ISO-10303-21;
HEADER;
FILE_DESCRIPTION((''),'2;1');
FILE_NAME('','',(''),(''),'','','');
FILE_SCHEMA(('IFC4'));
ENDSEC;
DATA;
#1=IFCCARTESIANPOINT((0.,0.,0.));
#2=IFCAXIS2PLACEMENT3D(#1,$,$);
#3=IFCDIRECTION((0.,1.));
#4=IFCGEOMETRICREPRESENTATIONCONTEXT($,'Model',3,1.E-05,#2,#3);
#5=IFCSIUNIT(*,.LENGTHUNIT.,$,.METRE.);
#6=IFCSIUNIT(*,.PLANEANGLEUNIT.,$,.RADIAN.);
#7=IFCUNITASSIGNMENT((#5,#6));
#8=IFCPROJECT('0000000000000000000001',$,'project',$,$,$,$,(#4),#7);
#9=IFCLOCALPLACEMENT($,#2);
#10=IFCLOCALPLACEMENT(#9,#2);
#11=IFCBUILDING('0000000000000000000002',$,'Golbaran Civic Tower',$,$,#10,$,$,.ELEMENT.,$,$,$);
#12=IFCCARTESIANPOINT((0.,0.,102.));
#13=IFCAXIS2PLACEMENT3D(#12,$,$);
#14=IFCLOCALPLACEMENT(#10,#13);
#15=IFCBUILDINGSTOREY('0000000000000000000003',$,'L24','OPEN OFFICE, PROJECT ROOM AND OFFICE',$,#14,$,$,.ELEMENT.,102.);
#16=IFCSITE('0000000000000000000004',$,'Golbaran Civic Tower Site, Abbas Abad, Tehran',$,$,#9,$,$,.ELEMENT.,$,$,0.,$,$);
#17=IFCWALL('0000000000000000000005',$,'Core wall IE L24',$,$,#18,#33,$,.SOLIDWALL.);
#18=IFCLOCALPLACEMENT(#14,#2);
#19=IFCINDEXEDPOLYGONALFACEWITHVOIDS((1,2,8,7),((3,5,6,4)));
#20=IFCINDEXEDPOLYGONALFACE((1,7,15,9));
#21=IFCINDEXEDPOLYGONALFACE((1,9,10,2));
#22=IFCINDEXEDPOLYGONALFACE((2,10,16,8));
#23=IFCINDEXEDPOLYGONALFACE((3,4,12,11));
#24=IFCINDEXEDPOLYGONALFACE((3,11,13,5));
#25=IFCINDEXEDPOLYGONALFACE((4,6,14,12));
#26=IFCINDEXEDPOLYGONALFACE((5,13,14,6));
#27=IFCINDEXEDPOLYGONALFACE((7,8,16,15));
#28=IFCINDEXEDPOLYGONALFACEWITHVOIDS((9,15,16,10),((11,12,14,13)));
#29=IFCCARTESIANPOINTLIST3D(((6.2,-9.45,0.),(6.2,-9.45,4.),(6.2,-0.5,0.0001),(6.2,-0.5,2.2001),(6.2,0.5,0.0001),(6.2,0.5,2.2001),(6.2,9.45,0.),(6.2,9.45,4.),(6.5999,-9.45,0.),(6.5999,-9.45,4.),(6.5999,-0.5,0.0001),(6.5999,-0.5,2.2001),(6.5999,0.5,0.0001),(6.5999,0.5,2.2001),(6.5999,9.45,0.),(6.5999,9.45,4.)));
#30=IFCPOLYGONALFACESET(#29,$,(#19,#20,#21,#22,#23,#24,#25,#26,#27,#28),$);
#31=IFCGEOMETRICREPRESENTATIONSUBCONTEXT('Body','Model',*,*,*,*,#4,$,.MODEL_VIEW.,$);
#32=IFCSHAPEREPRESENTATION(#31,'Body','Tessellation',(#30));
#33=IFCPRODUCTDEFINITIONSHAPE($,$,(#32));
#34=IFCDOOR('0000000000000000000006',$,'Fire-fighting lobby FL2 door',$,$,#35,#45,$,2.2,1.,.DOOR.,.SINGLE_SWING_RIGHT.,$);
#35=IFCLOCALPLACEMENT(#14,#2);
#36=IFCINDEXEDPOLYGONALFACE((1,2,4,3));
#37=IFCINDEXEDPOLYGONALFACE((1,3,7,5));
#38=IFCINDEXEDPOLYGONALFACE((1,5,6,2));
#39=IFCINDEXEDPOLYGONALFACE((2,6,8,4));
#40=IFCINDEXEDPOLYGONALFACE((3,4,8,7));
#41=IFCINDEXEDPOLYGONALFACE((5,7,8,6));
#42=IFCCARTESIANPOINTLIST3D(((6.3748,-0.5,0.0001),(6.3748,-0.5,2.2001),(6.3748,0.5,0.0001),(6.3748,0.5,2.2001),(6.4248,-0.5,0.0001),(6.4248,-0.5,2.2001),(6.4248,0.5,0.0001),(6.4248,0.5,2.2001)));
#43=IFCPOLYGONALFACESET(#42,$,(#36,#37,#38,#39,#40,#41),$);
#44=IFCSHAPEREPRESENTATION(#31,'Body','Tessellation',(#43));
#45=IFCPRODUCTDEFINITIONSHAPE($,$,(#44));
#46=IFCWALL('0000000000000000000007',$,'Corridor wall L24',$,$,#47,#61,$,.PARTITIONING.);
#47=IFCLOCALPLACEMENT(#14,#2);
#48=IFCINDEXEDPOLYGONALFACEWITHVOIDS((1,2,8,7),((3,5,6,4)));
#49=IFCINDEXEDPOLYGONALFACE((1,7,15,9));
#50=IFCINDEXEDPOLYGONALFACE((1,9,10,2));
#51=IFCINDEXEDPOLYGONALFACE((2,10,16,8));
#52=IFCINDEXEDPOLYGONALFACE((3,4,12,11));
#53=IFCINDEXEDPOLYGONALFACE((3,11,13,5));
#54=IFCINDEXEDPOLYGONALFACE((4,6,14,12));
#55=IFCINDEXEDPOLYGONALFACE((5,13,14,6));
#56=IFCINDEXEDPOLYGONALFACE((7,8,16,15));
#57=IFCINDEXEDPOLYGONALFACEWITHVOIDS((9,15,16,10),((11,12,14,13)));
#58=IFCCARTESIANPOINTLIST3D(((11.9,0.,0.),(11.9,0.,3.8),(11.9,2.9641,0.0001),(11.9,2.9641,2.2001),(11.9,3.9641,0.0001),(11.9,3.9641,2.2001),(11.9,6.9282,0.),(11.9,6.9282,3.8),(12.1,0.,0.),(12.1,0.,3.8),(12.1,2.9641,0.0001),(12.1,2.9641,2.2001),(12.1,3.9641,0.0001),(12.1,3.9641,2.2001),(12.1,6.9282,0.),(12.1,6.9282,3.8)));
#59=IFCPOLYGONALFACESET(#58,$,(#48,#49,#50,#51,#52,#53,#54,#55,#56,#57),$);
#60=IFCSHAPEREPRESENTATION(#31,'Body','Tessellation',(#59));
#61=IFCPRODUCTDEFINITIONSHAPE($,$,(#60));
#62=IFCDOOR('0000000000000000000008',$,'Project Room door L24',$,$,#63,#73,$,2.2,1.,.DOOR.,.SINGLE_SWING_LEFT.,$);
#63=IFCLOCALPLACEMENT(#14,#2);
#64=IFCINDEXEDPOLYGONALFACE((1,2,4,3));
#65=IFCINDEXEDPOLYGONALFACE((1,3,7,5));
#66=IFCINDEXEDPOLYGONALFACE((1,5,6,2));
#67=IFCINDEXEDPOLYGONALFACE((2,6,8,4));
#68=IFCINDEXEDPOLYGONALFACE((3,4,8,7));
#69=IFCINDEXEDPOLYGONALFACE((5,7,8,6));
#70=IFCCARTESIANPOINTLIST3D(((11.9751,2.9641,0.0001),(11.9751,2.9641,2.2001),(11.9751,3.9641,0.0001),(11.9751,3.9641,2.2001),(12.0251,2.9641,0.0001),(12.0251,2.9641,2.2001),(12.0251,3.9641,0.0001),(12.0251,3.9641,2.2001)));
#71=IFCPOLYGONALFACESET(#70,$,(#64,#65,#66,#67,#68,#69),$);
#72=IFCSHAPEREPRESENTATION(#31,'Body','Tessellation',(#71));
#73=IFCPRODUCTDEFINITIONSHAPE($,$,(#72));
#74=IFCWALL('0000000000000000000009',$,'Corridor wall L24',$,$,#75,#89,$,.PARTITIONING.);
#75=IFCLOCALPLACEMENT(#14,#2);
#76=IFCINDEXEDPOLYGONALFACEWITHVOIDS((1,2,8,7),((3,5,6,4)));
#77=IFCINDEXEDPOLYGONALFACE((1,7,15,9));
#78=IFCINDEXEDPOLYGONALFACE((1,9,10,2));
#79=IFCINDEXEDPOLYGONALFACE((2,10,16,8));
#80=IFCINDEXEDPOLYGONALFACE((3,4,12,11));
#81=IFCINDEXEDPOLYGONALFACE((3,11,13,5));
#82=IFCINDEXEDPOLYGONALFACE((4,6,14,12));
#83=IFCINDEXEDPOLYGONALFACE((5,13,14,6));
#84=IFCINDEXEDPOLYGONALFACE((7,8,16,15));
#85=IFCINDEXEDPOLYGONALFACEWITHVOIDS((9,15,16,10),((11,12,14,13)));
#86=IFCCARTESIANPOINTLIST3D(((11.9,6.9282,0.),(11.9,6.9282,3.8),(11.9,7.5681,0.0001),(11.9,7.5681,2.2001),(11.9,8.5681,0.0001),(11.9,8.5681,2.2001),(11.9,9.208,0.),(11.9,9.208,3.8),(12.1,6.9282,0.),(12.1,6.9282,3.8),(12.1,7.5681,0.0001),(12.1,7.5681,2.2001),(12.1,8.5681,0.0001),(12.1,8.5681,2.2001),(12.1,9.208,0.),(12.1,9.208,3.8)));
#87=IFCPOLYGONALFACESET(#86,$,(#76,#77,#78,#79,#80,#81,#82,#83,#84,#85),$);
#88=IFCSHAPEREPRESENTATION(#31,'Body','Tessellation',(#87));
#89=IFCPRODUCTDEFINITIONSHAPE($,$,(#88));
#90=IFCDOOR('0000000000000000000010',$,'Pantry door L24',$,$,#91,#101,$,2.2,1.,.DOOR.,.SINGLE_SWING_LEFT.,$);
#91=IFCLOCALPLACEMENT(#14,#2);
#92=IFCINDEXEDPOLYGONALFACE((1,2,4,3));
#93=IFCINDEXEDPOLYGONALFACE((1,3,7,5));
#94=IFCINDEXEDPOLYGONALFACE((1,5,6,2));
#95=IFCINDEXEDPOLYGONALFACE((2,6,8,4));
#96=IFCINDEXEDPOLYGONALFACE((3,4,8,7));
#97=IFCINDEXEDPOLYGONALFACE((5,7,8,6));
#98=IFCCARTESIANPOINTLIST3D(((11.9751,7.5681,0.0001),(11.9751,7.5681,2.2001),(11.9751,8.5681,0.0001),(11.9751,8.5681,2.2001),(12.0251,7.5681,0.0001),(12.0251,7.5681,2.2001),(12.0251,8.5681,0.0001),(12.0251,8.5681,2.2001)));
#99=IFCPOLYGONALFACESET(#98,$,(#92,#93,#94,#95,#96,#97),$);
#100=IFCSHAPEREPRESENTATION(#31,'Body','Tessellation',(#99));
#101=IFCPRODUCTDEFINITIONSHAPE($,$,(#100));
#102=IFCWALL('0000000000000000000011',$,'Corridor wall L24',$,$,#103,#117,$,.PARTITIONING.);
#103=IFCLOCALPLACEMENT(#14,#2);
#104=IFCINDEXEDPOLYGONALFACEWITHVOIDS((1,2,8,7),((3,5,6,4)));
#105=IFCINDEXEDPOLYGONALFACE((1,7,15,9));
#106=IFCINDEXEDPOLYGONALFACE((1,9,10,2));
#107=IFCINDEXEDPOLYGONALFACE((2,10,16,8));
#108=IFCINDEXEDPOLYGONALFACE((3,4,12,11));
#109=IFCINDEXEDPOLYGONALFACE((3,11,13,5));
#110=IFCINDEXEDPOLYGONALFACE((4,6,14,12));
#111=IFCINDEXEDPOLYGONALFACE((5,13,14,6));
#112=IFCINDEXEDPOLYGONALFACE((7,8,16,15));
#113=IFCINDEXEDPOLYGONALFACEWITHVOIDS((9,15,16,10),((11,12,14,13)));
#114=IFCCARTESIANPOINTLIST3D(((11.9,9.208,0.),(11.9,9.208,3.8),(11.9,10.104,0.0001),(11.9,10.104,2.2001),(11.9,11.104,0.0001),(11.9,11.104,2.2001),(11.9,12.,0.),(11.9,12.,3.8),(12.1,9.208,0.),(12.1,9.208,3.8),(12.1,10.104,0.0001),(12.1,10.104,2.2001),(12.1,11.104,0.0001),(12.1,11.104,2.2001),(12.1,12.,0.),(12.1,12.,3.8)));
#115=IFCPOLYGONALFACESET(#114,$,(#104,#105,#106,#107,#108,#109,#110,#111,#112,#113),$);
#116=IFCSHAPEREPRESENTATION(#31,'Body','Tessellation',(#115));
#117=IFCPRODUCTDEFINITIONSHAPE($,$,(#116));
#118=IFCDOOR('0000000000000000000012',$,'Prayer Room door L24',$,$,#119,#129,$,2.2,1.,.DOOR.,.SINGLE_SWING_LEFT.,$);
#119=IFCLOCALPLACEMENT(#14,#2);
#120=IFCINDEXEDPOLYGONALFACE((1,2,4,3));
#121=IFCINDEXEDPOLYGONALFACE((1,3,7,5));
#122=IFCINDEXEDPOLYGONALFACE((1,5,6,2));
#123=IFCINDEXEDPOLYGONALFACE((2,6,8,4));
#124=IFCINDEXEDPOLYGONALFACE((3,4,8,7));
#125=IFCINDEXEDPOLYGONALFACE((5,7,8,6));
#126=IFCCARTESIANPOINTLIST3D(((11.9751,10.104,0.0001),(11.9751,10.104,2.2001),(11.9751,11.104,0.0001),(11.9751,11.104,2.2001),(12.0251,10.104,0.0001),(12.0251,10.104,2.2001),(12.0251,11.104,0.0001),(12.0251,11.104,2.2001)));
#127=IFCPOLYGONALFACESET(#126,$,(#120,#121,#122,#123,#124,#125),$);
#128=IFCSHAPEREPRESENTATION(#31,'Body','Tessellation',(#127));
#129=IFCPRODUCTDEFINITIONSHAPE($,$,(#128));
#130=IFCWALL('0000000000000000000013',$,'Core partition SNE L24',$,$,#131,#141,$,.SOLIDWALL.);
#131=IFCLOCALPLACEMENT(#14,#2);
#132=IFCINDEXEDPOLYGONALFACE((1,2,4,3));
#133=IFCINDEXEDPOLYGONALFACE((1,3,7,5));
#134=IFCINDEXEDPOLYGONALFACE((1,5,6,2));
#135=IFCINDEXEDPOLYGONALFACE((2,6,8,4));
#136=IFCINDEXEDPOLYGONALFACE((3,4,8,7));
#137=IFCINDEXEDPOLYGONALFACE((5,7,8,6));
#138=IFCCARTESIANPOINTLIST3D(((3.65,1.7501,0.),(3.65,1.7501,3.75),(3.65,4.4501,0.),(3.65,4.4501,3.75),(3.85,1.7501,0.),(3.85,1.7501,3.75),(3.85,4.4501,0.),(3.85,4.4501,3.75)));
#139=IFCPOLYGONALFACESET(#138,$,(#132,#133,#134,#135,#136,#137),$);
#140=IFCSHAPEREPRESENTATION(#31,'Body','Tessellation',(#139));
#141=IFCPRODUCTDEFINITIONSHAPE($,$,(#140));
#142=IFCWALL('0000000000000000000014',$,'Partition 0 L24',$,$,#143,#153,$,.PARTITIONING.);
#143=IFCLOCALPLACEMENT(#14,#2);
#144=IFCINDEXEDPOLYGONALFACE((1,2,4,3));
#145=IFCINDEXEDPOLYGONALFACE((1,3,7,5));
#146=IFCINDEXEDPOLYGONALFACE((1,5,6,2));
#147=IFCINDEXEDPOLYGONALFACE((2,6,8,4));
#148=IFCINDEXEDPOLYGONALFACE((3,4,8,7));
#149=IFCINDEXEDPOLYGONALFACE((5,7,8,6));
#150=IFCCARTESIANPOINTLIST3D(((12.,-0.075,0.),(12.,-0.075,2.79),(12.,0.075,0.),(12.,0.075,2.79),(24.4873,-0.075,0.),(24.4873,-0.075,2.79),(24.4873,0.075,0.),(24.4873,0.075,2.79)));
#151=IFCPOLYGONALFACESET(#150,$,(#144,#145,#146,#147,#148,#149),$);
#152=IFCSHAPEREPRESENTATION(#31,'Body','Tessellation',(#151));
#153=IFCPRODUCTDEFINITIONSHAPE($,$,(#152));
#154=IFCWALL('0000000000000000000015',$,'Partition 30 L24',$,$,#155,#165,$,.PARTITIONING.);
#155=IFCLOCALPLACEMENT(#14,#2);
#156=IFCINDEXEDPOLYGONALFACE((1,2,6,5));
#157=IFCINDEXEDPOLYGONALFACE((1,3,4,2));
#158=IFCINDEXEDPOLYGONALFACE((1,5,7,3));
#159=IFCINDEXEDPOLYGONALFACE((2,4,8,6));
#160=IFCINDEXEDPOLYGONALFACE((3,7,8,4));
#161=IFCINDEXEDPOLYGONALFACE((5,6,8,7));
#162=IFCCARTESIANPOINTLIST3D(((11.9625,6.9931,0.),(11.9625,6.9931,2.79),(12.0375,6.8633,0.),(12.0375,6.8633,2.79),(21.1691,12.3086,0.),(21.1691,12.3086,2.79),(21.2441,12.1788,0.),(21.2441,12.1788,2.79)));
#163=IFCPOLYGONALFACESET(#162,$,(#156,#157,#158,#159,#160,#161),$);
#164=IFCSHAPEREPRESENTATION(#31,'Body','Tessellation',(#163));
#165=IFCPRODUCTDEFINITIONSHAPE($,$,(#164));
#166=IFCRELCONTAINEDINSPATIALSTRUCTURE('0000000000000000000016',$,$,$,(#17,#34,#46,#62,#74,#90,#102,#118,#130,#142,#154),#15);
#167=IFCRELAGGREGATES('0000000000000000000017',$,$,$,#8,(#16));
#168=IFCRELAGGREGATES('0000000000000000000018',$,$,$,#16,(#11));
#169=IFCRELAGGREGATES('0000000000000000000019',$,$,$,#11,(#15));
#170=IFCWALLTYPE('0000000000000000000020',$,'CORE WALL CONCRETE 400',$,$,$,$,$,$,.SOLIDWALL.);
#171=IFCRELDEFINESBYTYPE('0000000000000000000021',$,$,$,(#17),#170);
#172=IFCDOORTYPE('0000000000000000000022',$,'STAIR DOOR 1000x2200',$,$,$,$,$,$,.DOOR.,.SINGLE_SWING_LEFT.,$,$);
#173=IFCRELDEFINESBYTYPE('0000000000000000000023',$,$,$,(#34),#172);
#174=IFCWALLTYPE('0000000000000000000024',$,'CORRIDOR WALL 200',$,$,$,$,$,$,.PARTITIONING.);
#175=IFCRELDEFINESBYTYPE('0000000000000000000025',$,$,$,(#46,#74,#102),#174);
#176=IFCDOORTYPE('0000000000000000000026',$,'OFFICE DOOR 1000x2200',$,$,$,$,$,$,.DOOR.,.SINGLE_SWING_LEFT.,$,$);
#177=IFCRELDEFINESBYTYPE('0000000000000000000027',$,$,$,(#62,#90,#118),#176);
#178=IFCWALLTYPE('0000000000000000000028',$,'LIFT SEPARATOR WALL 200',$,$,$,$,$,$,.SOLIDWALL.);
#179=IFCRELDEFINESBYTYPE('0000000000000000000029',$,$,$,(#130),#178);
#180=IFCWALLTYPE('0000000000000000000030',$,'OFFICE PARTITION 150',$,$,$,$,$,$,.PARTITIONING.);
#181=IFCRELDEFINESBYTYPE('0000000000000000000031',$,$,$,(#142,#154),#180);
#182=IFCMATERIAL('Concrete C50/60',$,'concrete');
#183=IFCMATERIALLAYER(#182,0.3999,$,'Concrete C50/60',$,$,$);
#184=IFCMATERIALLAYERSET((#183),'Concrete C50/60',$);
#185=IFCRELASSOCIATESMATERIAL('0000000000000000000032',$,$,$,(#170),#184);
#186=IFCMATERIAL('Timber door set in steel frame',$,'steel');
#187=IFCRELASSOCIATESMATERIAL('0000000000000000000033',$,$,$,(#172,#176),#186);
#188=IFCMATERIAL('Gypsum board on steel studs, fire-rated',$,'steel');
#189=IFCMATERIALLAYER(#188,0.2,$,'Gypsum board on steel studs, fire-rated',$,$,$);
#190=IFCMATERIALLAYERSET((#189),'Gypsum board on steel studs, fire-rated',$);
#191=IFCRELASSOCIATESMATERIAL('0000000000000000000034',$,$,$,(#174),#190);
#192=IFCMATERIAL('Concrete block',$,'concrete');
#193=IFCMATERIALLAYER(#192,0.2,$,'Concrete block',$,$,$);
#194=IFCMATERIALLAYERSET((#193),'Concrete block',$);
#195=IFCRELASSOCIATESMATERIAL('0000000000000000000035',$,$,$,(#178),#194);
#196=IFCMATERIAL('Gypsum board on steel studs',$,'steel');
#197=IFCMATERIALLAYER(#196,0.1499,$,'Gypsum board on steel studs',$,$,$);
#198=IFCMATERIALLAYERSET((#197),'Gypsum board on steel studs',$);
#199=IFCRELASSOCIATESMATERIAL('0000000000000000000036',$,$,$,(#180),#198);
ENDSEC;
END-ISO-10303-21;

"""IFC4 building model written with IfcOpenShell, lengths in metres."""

from ifc_helpers import new_model, si_unit, direction, frame, frame_2d, origin, place, context, subcontext, project, spatial, rectangle, extrude, material, layer, layer_set, type_object, element, fill, save


model = new_model("IFC4")

# Units and contexts
model_context = context("Model", 3, precision=1e-05, world=origin(), true_north=direction((0.0, 1.0)))
body_context = subcontext(model_context, "Body", "Model", "MODEL_VIEW")
ifc_project = project(units=[si_unit("LENGTHUNIT", "METRE"), si_unit("PLANEANGLEUNIT", "RADIAN")], contexts=[model_context])

# Site, building, storey
site_placement = place(None, origin())
site = spatial("IfcSite", under=ifc_project, at=site_placement, Name="Golbaran Civic Tower Site, Abbas Abad, Tehran", CompositionType="ELEMENT", RefElevation=0.0)
building_placement = place(site_placement, origin())
building = spatial("IfcBuilding", under=site, at=building_placement, Name="Golbaran Civic Tower", CompositionType="ELEMENT")
storey_placement = place(building_placement, frame((0.0, 0.0, 102.0)))
storey = spatial("IfcBuildingStorey", under=building, at=storey_placement, Name="L24", Description="OPEN OFFICE, PROJECT ROOM AND OFFICE", CompositionType="ELEMENT", Elevation=102.0)

# Shared definitions
ifc_material_1 = material(Name="Concrete block", Category="concrete")

# Walls, openings, doors
ifc_material_2 = material(Name="Concrete C50/60", Category="concrete")
ifc_layer_1 = layer(ifc_material_2, 0.3999, Name="Concrete C50/60")
ifc_layer_set_1 = layer_set([ifc_layer_1], Name="Concrete C50/60")
wall_type_1 = type_object("IfcWallType", Name="CORE WALL CONCRETE 400", PredefinedType="SOLIDWALL", material=ifc_layer_set_1)
wall_1_placement = place(storey_placement, frame((6.3999, 9.45, 0.0), z_axis=(0.0, 0.0, 1.0), x_axis=(0.0, -1.0, 0.0)))
wall_1 = element("IfcWall", 1, at=wall_1_placement, inside=storey, type_object=wall_type_1, Name="Core wall IE L24", PredefinedType="SOLIDWALL", context=body_context, shape_type="SweptSolid", body=[
    extrude(rectangle(XDim=18.8999, YDim=0.3999, at=frame_2d((9.45, 0.0))), origin(), (0.0, 0.0, 1.0), 4.0),
])
opening_1_placement = place(wall_1_placement, frame((8.95, 0.0, 0.0)))
opening_1 = element("IfcOpeningElement", 2, at=opening_1_placement, cuts=wall_1, PredefinedType="OPENING", context=body_context, shape_type="SweptSolid", body=[
    extrude(rectangle(XDim=1.0, YDim=2.2, at=frame_2d((0.5, 1.1001))), frame((0.0, 0.21, 0.0), z_axis=(0.0, -1.0, 0.0), x_axis=(1.0, 0.0, 0.0)), (0.0, 0.0, 1.0), 0.4199),
])
ifc_material_3 = material(Name="Timber door set in steel frame", Category="steel")
door_type_1 = type_object("IfcDoorType", Name="STAIR DOOR 1000x2200", OperationType="SINGLE_SWING_LEFT", PredefinedType="DOOR", material=ifc_material_3)
door_1_placement = place(opening_1_placement, origin())
door_1 = element("IfcDoor", 3, at=door_1_placement, inside=storey, type_object=door_type_1, Name="Fire-fighting lobby FL2 door", OperationType="SINGLE_SWING_RIGHT", OverallHeight=2.2, OverallWidth=1.0, PredefinedType="DOOR", context=body_context, shape_type="SweptSolid", body=[
    extrude(rectangle(XDim=1.0, YDim=2.2, at=frame_2d((0.5, 1.1001))), frame((0.0, 0.0249, 0.0), z_axis=(0.0, -1.0, 0.0), x_axis=(1.0, 0.0, 0.0)), (0.0, 0.0, 1.0), 0.05),
])
fill(opening_1, door_1)
ifc_material_4 = material(Name="Gypsum board on steel studs, fire-rated", Category="steel")
ifc_layer_2 = layer(ifc_material_4, 0.2, Name="Gypsum board on steel studs, fire-rated")
ifc_layer_set_2 = layer_set([ifc_layer_2], Name="Gypsum board on steel studs, fire-rated")
wall_type_2 = type_object("IfcWallType", Name="CORRIDOR WALL 200", PredefinedType="PARTITIONING", material=ifc_layer_set_2)
wall_2_placement = place(storey_placement, frame((12.0, 0.0, 0.0), z_axis=(0.0, 0.0, 1.0), x_axis=(0.0, 1.0, 0.0)))
wall_2 = element("IfcWall", 4, at=wall_2_placement, inside=storey, type_object=wall_type_2, Name="Corridor wall L24", PredefinedType="PARTITIONING", context=body_context, shape_type="SweptSolid", body=[
    extrude(rectangle(XDim=6.9282, YDim=0.2, at=frame_2d((3.4641, 0.0))), origin(), (0.0, 0.0, 1.0), 3.8),
])
opening_2_placement = place(wall_2_placement, frame((2.9641, 0.0, 0.0)))
opening_2 = element("IfcOpeningElement", 5, at=opening_2_placement, cuts=wall_2, PredefinedType="OPENING", context=body_context, shape_type="SweptSolid", body=[
    extrude(rectangle(XDim=1.0, YDim=2.2, at=frame_2d((0.5, 1.1001))), frame((0.0, 0.1099, 0.0), z_axis=(0.0, -1.0, 0.0), x_axis=(1.0, 0.0, 0.0)), (0.0, 0.0, 1.0), 0.22),
])
door_type_2 = type_object("IfcDoorType", Name="OFFICE DOOR 1000x2200", OperationType="SINGLE_SWING_LEFT", PredefinedType="DOOR", material=ifc_material_3)
door_2_placement = place(opening_2_placement, origin())
door_2 = element("IfcDoor", 6, at=door_2_placement, inside=storey, type_object=door_type_2, Name="Project Room door L24", OperationType="SINGLE_SWING_LEFT", OverallHeight=2.2, OverallWidth=1.0, PredefinedType="DOOR", context=body_context, shape_type="SweptSolid", body=[
    extrude(rectangle(XDim=1.0, YDim=2.2, at=frame_2d((0.5, 1.1001))), frame((0.0, 0.0249, 0.0), z_axis=(0.0, -1.0, 0.0), x_axis=(1.0, 0.0, 0.0)), (0.0, 0.0, 1.0), 0.05),
])
fill(opening_2, door_2)
wall_3_placement = place(storey_placement, frame((12.0, 6.9282, 0.0), z_axis=(0.0, 0.0, 1.0), x_axis=(0.0, 1.0, 0.0)))
wall_3 = element("IfcWall", 7, at=wall_3_placement, inside=storey, type_object=wall_type_2, Name="Corridor wall L24", PredefinedType="PARTITIONING", context=body_context, shape_type="SweptSolid", body=[
    extrude(rectangle(XDim=2.2798, YDim=0.2, at=frame_2d((1.1399, 0.0))), origin(), (0.0, 0.0, 1.0), 3.8),
])
opening_3_placement = place(wall_3_placement, frame((0.6399, 0.0, 0.0)))
opening_3 = element("IfcOpeningElement", 8, at=opening_3_placement, cuts=wall_3, PredefinedType="OPENING", context=body_context, shape_type="SweptSolid", body=[
    extrude(rectangle(XDim=1.0, YDim=2.2, at=frame_2d((0.5, 1.1001))), frame((0.0, 0.1099, 0.0), z_axis=(0.0, -1.0, 0.0), x_axis=(1.0, 0.0, 0.0)), (0.0, 0.0, 1.0), 0.22),
])
door_3_placement = place(opening_3_placement, origin())
door_3 = element("IfcDoor", 9, at=door_3_placement, inside=storey, type_object=door_type_2, Name="Pantry door L24", OperationType="SINGLE_SWING_LEFT", OverallHeight=2.2, OverallWidth=1.0, PredefinedType="DOOR", context=body_context, shape_type="SweptSolid", body=[
    extrude(rectangle(XDim=1.0, YDim=2.2, at=frame_2d((0.5, 1.1001))), frame((0.0, 0.0249, 0.0), z_axis=(0.0, -1.0, 0.0), x_axis=(1.0, 0.0, 0.0)), (0.0, 0.0, 1.0), 0.05),
])
fill(opening_3, door_3)
wall_4_placement = place(storey_placement, frame((12.0, 9.208, 0.0), z_axis=(0.0, 0.0, 1.0), x_axis=(0.0, 1.0, 0.0)))
wall_4 = element("IfcWall", 10, at=wall_4_placement, inside=storey, type_object=wall_type_2, Name="Corridor wall L24", PredefinedType="PARTITIONING", context=body_context, shape_type="SweptSolid", body=[
    extrude(rectangle(XDim=2.792, YDim=0.2, at=frame_2d((1.396, 0.0))), origin(), (0.0, 0.0, 1.0), 3.8),
])
opening_4_placement = place(wall_4_placement, frame((0.896, 0.0, 0.0)))
opening_4 = element("IfcOpeningElement", 11, at=opening_4_placement, cuts=wall_4, PredefinedType="OPENING", context=body_context, shape_type="SweptSolid", body=[
    extrude(rectangle(XDim=1.0, YDim=2.2, at=frame_2d((0.5, 1.1001))), frame((0.0, 0.1099, 0.0), z_axis=(0.0, -1.0, 0.0), x_axis=(1.0, 0.0, 0.0)), (0.0, 0.0, 1.0), 0.22),
])
door_4_placement = place(opening_4_placement, origin())
door_4 = element("IfcDoor", 12, at=door_4_placement, inside=storey, type_object=door_type_2, Name="Prayer Room door L24", OperationType="SINGLE_SWING_LEFT", OverallHeight=2.2, OverallWidth=1.0, PredefinedType="DOOR", context=body_context, shape_type="SweptSolid", body=[
    extrude(rectangle(XDim=1.0, YDim=2.2, at=frame_2d((0.5, 1.1001))), frame((0.0, 0.0249, 0.0), z_axis=(0.0, -1.0, 0.0), x_axis=(1.0, 0.0, 0.0)), (0.0, 0.0, 1.0), 0.05),
])
fill(opening_4, door_4)

# Walls
ifc_layer_3 = layer(ifc_material_1, 0.2, Name="Concrete block")
ifc_layer_set_3 = layer_set([ifc_layer_3], Name="Concrete block")
wall_type_3 = type_object("IfcWallType", Name="LIFT SEPARATOR WALL 200", PredefinedType="SOLIDWALL", material=ifc_layer_set_3)
wall_5_placement = place(storey_placement, frame((3.75, 1.75, 0.0), z_axis=(0.0, 0.0, 1.0), x_axis=(0.0, 1.0, 0.0)))
element("IfcWall", 13, at=wall_5_placement, inside=storey, type_object=wall_type_3, Name="Core partition SNE L24", PredefinedType="SOLIDWALL", context=body_context, shape_type="SweptSolid", body=[
    extrude(rectangle(XDim=2.7, YDim=0.2, at=frame_2d((1.3501, 0.0))), origin(), (0.0, 0.0, 1.0), 3.75),
])
ifc_material_5 = material(Name="Gypsum board on steel studs", Category="steel")
ifc_layer_4 = layer(ifc_material_5, 0.1499, Name="Gypsum board on steel studs")
ifc_layer_set_4 = layer_set([ifc_layer_4], Name="Gypsum board on steel studs")
wall_type_4 = type_object("IfcWallType", Name="OFFICE PARTITION 150", PredefinedType="PARTITIONING", material=ifc_layer_set_4)
wall_6_placement = place(storey_placement, frame((12.0, 0.0, 0.0), z_axis=(0.0, 0.0, 1.0), x_axis=(1.0, 0.0, 0.0)))
element("IfcWall", 14, at=wall_6_placement, inside=storey, type_object=wall_type_4, Name="Partition 0 L24", PredefinedType="PARTITIONING", context=body_context, shape_type="SweptSolid", body=[
    extrude(rectangle(XDim=12.4873, YDim=0.1499, at=frame_2d((6.2437, 0.0))), origin(), (0.0, 0.0, 1.0), 2.79),
])
wall_7_placement = place(storey_placement, frame((12.0, 6.9282, 0.0), z_axis=(0.0, 0.0, 1.0), x_axis=(0.866024, 0.500002, 0.0)))
element("IfcWall", 15, at=wall_7_placement, inside=storey, type_object=wall_type_4, Name="Partition 30 L24", PredefinedType="PARTITIONING", context=body_context, shape_type="SweptSolid", body=[
    extrude(rectangle(XDim=10.6309, YDim=0.1499, at=frame_2d((5.3154, 0.0))), origin(), (0.0, 0.0, 1.0), 2.79),
])

save(model, "model.ifc")
